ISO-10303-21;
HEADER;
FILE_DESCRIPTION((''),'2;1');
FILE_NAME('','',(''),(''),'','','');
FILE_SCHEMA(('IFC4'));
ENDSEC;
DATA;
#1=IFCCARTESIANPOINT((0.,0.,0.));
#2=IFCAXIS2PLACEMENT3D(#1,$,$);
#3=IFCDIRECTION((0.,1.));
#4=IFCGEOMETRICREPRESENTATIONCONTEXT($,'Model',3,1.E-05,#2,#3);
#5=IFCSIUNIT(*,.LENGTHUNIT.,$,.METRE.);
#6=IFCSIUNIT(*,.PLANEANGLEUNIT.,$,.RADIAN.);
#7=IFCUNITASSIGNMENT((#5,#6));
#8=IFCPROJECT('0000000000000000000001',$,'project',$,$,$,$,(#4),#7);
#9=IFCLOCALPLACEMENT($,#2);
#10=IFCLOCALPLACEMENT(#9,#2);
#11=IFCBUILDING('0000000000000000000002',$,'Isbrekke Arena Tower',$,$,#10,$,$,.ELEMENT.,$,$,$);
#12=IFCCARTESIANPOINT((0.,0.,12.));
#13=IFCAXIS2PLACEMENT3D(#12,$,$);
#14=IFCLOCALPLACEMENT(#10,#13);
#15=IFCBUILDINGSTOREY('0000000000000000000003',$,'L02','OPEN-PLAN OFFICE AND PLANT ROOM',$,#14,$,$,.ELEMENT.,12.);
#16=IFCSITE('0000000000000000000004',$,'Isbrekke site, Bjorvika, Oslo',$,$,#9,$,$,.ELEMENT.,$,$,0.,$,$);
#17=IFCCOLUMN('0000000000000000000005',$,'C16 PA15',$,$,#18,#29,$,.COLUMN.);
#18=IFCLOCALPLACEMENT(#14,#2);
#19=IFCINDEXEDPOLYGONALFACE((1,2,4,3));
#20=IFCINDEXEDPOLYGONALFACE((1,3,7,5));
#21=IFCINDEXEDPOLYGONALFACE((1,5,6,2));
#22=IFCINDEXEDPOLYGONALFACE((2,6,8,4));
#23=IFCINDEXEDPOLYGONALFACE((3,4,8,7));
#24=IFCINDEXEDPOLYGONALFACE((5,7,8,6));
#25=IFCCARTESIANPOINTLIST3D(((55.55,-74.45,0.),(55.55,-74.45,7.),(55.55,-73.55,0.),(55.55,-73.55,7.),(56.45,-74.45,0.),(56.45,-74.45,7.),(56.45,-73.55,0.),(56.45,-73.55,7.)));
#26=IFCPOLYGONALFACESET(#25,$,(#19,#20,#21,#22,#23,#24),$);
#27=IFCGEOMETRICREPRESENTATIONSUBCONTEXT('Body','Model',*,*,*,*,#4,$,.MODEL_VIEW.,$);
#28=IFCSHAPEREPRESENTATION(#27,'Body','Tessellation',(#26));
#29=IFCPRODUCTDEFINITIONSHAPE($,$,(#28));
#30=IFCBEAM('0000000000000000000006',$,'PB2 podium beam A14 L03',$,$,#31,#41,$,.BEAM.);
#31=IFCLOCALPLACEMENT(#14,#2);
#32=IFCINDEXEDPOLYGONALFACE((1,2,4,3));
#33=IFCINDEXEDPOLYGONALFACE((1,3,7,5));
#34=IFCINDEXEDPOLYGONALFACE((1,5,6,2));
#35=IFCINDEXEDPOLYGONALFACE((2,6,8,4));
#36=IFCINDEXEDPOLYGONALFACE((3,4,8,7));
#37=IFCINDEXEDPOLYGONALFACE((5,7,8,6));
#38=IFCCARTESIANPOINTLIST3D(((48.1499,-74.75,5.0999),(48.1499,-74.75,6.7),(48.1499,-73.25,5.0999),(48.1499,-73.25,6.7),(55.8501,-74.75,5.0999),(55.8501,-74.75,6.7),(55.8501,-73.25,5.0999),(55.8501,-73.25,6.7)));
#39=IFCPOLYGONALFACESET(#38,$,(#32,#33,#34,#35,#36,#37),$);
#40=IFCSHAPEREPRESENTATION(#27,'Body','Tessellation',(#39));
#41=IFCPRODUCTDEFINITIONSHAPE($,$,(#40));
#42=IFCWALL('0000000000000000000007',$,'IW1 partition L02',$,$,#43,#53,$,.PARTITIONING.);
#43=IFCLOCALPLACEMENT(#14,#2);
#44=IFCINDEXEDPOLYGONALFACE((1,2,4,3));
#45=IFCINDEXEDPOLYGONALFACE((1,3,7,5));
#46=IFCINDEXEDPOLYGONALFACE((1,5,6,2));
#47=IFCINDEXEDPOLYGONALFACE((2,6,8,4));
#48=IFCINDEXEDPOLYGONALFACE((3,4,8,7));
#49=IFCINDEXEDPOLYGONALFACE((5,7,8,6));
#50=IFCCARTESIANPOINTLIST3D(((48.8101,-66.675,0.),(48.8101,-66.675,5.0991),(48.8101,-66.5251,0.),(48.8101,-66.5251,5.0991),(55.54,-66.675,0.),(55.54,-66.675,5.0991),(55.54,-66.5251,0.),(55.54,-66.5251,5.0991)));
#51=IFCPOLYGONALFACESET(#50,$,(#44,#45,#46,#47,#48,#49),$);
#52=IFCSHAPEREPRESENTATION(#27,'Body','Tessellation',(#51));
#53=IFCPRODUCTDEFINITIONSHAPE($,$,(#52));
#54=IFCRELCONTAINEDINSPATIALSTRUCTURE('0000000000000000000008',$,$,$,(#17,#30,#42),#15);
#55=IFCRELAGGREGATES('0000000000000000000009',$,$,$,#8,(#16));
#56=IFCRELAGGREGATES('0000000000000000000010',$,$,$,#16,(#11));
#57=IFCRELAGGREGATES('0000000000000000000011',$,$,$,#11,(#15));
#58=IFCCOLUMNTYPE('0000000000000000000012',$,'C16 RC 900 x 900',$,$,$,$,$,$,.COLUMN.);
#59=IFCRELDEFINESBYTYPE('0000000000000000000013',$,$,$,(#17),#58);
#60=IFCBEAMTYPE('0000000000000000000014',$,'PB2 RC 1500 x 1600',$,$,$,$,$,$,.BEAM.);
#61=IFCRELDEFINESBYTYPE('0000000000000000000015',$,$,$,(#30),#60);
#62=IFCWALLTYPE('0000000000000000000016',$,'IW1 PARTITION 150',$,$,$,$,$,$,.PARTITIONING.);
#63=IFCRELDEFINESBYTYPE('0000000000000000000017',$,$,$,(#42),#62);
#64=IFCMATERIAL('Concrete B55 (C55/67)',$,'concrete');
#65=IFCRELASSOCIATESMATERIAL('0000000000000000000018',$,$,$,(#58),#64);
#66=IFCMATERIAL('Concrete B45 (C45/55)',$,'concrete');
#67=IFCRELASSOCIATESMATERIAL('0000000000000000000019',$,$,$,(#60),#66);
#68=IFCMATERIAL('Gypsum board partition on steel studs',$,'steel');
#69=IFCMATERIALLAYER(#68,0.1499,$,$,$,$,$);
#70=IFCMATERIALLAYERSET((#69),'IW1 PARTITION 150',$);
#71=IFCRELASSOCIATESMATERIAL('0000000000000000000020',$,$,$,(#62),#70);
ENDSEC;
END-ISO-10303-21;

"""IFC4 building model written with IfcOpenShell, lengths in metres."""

from ifc_helpers import new_model, si_unit, direction, frame, frame_2d, origin, origin_2d, place, context, subcontext, project, spatial, rectangle, extrude, material, layer, layer_set, material_profile, profile_set, type_object, element, save


model = new_model("IFC4")

# Units and contexts
model_context = context("Model", 3, precision=1e-05, world=origin(), true_north=direction((0.0, 1.0)))
body_context = subcontext(model_context, "Body", "Model", "MODEL_VIEW")
ifc_project = project(units=[si_unit("LENGTHUNIT", "METRE"), si_unit("PLANEANGLEUNIT", "RADIAN")], contexts=[model_context])

# Site, building, storey
site_placement = place(None, origin())
site = spatial("IfcSite", under=ifc_project, at=site_placement, Name="Isbrekke site, Bjorvika, Oslo", CompositionType="ELEMENT", RefElevation=0.0)
building_placement = place(site_placement, origin())
building = spatial("IfcBuilding", under=site, at=building_placement, Name="Isbrekke Arena Tower", CompositionType="ELEMENT")
storey_placement = place(building_placement, frame((0.0, 0.0, 12.0)))
storey = spatial("IfcBuildingStorey", under=building, at=storey_placement, Name="L02", Description="OPEN-PLAN OFFICE AND PLANT ROOM", CompositionType="ELEMENT", Elevation=12.0)

# Column
ifc_material_1 = material(Name="Concrete B55 (C55/67)", Category="concrete")
ifc_material_profile_1 = material_profile(ifc_material_1, rectangle(XDim=0.8999, YDim=0.8999, at=origin_2d()), Name="RC 900x900")
ifc_profile_set_1 = profile_set([ifc_material_profile_1], Name="Concrete B55 (C55/67)")
column_type = type_object("IfcColumnType", Name="C16 RC 900 x 900", PredefinedType="COLUMN", material=ifc_profile_set_1)
column_placement = place(storey_placement, frame((56.0, -74.0, 0.0), z_axis=(0.0, 0.0, 1.0), x_axis=(1.0, 0.0, 0.0)))
element("IfcColumn", 1, at=column_placement, inside=storey, type_object=column_type, Name="C16 PA15", PredefinedType="COLUMN", context=body_context, shape_type="SweptSolid", body=[
    extrude(rectangle(XDim=0.8999, YDim=0.8999, at=origin_2d()), origin(), (0.0, 0.0, 1.0), 7.0),
])

# Beam
ifc_material_2 = material(Name="Concrete B45 (C45/55)", Category="concrete")
ifc_material_profile_2 = material_profile(ifc_material_2, rectangle(XDim=1.5, YDim=1.6001, at=origin_2d()), Name="RC 1500x1600")
ifc_profile_set_2 = profile_set([ifc_material_profile_2], Name="Concrete B45 (C45/55)")
beam_type = type_object("IfcBeamType", Name="PB2 RC 1500 x 1600", PredefinedType="BEAM", material=ifc_profile_set_2)
beam_placement = place(storey_placement, frame((48.1499, -74.0, 5.8999), z_axis=(1.0, 0.0, 0.0), x_axis=(0.0, 1.0, 0.0)))
element("IfcBeam", 2, at=beam_placement, inside=storey, type_object=beam_type, Name="PB2 podium beam A14 L03", PredefinedType="BEAM", context=body_context, shape_type="SweptSolid", body=[
    extrude(rectangle(XDim=1.5, YDim=1.6001, at=origin_2d()), origin(), (0.0, 0.0, 1.0), 7.7002),
])

# Wall
ifc_material_3 = material(Name="Gypsum board partition on steel studs", Category="steel")
ifc_layer_1 = layer(ifc_material_3, 0.1499)
ifc_layer_set_1 = layer_set([ifc_layer_1], Name="IW1 PARTITION 150")
wall_type_1 = type_object("IfcWallType", Name="IW1 PARTITION 150", PredefinedType="PARTITIONING", material=ifc_layer_set_1)
wall_1_placement = place(storey_placement, frame((48.8101, -66.6001, 0.0), z_axis=(0.0, 0.0, 1.0), x_axis=(1.0, 0.0, 0.0)))
element("IfcWall", 3, at=wall_1_placement, inside=storey, type_object=wall_type_1, Name="IW1 partition L02", PredefinedType="PARTITIONING", context=body_context, shape_type="SweptSolid", body=[
    extrude(rectangle(XDim=6.73, YDim=0.1499, at=frame_2d((3.365, 0.0))), origin(), (0.0, 0.0, 1.0), 5.0991),
])

save(model, "model.ifc")
